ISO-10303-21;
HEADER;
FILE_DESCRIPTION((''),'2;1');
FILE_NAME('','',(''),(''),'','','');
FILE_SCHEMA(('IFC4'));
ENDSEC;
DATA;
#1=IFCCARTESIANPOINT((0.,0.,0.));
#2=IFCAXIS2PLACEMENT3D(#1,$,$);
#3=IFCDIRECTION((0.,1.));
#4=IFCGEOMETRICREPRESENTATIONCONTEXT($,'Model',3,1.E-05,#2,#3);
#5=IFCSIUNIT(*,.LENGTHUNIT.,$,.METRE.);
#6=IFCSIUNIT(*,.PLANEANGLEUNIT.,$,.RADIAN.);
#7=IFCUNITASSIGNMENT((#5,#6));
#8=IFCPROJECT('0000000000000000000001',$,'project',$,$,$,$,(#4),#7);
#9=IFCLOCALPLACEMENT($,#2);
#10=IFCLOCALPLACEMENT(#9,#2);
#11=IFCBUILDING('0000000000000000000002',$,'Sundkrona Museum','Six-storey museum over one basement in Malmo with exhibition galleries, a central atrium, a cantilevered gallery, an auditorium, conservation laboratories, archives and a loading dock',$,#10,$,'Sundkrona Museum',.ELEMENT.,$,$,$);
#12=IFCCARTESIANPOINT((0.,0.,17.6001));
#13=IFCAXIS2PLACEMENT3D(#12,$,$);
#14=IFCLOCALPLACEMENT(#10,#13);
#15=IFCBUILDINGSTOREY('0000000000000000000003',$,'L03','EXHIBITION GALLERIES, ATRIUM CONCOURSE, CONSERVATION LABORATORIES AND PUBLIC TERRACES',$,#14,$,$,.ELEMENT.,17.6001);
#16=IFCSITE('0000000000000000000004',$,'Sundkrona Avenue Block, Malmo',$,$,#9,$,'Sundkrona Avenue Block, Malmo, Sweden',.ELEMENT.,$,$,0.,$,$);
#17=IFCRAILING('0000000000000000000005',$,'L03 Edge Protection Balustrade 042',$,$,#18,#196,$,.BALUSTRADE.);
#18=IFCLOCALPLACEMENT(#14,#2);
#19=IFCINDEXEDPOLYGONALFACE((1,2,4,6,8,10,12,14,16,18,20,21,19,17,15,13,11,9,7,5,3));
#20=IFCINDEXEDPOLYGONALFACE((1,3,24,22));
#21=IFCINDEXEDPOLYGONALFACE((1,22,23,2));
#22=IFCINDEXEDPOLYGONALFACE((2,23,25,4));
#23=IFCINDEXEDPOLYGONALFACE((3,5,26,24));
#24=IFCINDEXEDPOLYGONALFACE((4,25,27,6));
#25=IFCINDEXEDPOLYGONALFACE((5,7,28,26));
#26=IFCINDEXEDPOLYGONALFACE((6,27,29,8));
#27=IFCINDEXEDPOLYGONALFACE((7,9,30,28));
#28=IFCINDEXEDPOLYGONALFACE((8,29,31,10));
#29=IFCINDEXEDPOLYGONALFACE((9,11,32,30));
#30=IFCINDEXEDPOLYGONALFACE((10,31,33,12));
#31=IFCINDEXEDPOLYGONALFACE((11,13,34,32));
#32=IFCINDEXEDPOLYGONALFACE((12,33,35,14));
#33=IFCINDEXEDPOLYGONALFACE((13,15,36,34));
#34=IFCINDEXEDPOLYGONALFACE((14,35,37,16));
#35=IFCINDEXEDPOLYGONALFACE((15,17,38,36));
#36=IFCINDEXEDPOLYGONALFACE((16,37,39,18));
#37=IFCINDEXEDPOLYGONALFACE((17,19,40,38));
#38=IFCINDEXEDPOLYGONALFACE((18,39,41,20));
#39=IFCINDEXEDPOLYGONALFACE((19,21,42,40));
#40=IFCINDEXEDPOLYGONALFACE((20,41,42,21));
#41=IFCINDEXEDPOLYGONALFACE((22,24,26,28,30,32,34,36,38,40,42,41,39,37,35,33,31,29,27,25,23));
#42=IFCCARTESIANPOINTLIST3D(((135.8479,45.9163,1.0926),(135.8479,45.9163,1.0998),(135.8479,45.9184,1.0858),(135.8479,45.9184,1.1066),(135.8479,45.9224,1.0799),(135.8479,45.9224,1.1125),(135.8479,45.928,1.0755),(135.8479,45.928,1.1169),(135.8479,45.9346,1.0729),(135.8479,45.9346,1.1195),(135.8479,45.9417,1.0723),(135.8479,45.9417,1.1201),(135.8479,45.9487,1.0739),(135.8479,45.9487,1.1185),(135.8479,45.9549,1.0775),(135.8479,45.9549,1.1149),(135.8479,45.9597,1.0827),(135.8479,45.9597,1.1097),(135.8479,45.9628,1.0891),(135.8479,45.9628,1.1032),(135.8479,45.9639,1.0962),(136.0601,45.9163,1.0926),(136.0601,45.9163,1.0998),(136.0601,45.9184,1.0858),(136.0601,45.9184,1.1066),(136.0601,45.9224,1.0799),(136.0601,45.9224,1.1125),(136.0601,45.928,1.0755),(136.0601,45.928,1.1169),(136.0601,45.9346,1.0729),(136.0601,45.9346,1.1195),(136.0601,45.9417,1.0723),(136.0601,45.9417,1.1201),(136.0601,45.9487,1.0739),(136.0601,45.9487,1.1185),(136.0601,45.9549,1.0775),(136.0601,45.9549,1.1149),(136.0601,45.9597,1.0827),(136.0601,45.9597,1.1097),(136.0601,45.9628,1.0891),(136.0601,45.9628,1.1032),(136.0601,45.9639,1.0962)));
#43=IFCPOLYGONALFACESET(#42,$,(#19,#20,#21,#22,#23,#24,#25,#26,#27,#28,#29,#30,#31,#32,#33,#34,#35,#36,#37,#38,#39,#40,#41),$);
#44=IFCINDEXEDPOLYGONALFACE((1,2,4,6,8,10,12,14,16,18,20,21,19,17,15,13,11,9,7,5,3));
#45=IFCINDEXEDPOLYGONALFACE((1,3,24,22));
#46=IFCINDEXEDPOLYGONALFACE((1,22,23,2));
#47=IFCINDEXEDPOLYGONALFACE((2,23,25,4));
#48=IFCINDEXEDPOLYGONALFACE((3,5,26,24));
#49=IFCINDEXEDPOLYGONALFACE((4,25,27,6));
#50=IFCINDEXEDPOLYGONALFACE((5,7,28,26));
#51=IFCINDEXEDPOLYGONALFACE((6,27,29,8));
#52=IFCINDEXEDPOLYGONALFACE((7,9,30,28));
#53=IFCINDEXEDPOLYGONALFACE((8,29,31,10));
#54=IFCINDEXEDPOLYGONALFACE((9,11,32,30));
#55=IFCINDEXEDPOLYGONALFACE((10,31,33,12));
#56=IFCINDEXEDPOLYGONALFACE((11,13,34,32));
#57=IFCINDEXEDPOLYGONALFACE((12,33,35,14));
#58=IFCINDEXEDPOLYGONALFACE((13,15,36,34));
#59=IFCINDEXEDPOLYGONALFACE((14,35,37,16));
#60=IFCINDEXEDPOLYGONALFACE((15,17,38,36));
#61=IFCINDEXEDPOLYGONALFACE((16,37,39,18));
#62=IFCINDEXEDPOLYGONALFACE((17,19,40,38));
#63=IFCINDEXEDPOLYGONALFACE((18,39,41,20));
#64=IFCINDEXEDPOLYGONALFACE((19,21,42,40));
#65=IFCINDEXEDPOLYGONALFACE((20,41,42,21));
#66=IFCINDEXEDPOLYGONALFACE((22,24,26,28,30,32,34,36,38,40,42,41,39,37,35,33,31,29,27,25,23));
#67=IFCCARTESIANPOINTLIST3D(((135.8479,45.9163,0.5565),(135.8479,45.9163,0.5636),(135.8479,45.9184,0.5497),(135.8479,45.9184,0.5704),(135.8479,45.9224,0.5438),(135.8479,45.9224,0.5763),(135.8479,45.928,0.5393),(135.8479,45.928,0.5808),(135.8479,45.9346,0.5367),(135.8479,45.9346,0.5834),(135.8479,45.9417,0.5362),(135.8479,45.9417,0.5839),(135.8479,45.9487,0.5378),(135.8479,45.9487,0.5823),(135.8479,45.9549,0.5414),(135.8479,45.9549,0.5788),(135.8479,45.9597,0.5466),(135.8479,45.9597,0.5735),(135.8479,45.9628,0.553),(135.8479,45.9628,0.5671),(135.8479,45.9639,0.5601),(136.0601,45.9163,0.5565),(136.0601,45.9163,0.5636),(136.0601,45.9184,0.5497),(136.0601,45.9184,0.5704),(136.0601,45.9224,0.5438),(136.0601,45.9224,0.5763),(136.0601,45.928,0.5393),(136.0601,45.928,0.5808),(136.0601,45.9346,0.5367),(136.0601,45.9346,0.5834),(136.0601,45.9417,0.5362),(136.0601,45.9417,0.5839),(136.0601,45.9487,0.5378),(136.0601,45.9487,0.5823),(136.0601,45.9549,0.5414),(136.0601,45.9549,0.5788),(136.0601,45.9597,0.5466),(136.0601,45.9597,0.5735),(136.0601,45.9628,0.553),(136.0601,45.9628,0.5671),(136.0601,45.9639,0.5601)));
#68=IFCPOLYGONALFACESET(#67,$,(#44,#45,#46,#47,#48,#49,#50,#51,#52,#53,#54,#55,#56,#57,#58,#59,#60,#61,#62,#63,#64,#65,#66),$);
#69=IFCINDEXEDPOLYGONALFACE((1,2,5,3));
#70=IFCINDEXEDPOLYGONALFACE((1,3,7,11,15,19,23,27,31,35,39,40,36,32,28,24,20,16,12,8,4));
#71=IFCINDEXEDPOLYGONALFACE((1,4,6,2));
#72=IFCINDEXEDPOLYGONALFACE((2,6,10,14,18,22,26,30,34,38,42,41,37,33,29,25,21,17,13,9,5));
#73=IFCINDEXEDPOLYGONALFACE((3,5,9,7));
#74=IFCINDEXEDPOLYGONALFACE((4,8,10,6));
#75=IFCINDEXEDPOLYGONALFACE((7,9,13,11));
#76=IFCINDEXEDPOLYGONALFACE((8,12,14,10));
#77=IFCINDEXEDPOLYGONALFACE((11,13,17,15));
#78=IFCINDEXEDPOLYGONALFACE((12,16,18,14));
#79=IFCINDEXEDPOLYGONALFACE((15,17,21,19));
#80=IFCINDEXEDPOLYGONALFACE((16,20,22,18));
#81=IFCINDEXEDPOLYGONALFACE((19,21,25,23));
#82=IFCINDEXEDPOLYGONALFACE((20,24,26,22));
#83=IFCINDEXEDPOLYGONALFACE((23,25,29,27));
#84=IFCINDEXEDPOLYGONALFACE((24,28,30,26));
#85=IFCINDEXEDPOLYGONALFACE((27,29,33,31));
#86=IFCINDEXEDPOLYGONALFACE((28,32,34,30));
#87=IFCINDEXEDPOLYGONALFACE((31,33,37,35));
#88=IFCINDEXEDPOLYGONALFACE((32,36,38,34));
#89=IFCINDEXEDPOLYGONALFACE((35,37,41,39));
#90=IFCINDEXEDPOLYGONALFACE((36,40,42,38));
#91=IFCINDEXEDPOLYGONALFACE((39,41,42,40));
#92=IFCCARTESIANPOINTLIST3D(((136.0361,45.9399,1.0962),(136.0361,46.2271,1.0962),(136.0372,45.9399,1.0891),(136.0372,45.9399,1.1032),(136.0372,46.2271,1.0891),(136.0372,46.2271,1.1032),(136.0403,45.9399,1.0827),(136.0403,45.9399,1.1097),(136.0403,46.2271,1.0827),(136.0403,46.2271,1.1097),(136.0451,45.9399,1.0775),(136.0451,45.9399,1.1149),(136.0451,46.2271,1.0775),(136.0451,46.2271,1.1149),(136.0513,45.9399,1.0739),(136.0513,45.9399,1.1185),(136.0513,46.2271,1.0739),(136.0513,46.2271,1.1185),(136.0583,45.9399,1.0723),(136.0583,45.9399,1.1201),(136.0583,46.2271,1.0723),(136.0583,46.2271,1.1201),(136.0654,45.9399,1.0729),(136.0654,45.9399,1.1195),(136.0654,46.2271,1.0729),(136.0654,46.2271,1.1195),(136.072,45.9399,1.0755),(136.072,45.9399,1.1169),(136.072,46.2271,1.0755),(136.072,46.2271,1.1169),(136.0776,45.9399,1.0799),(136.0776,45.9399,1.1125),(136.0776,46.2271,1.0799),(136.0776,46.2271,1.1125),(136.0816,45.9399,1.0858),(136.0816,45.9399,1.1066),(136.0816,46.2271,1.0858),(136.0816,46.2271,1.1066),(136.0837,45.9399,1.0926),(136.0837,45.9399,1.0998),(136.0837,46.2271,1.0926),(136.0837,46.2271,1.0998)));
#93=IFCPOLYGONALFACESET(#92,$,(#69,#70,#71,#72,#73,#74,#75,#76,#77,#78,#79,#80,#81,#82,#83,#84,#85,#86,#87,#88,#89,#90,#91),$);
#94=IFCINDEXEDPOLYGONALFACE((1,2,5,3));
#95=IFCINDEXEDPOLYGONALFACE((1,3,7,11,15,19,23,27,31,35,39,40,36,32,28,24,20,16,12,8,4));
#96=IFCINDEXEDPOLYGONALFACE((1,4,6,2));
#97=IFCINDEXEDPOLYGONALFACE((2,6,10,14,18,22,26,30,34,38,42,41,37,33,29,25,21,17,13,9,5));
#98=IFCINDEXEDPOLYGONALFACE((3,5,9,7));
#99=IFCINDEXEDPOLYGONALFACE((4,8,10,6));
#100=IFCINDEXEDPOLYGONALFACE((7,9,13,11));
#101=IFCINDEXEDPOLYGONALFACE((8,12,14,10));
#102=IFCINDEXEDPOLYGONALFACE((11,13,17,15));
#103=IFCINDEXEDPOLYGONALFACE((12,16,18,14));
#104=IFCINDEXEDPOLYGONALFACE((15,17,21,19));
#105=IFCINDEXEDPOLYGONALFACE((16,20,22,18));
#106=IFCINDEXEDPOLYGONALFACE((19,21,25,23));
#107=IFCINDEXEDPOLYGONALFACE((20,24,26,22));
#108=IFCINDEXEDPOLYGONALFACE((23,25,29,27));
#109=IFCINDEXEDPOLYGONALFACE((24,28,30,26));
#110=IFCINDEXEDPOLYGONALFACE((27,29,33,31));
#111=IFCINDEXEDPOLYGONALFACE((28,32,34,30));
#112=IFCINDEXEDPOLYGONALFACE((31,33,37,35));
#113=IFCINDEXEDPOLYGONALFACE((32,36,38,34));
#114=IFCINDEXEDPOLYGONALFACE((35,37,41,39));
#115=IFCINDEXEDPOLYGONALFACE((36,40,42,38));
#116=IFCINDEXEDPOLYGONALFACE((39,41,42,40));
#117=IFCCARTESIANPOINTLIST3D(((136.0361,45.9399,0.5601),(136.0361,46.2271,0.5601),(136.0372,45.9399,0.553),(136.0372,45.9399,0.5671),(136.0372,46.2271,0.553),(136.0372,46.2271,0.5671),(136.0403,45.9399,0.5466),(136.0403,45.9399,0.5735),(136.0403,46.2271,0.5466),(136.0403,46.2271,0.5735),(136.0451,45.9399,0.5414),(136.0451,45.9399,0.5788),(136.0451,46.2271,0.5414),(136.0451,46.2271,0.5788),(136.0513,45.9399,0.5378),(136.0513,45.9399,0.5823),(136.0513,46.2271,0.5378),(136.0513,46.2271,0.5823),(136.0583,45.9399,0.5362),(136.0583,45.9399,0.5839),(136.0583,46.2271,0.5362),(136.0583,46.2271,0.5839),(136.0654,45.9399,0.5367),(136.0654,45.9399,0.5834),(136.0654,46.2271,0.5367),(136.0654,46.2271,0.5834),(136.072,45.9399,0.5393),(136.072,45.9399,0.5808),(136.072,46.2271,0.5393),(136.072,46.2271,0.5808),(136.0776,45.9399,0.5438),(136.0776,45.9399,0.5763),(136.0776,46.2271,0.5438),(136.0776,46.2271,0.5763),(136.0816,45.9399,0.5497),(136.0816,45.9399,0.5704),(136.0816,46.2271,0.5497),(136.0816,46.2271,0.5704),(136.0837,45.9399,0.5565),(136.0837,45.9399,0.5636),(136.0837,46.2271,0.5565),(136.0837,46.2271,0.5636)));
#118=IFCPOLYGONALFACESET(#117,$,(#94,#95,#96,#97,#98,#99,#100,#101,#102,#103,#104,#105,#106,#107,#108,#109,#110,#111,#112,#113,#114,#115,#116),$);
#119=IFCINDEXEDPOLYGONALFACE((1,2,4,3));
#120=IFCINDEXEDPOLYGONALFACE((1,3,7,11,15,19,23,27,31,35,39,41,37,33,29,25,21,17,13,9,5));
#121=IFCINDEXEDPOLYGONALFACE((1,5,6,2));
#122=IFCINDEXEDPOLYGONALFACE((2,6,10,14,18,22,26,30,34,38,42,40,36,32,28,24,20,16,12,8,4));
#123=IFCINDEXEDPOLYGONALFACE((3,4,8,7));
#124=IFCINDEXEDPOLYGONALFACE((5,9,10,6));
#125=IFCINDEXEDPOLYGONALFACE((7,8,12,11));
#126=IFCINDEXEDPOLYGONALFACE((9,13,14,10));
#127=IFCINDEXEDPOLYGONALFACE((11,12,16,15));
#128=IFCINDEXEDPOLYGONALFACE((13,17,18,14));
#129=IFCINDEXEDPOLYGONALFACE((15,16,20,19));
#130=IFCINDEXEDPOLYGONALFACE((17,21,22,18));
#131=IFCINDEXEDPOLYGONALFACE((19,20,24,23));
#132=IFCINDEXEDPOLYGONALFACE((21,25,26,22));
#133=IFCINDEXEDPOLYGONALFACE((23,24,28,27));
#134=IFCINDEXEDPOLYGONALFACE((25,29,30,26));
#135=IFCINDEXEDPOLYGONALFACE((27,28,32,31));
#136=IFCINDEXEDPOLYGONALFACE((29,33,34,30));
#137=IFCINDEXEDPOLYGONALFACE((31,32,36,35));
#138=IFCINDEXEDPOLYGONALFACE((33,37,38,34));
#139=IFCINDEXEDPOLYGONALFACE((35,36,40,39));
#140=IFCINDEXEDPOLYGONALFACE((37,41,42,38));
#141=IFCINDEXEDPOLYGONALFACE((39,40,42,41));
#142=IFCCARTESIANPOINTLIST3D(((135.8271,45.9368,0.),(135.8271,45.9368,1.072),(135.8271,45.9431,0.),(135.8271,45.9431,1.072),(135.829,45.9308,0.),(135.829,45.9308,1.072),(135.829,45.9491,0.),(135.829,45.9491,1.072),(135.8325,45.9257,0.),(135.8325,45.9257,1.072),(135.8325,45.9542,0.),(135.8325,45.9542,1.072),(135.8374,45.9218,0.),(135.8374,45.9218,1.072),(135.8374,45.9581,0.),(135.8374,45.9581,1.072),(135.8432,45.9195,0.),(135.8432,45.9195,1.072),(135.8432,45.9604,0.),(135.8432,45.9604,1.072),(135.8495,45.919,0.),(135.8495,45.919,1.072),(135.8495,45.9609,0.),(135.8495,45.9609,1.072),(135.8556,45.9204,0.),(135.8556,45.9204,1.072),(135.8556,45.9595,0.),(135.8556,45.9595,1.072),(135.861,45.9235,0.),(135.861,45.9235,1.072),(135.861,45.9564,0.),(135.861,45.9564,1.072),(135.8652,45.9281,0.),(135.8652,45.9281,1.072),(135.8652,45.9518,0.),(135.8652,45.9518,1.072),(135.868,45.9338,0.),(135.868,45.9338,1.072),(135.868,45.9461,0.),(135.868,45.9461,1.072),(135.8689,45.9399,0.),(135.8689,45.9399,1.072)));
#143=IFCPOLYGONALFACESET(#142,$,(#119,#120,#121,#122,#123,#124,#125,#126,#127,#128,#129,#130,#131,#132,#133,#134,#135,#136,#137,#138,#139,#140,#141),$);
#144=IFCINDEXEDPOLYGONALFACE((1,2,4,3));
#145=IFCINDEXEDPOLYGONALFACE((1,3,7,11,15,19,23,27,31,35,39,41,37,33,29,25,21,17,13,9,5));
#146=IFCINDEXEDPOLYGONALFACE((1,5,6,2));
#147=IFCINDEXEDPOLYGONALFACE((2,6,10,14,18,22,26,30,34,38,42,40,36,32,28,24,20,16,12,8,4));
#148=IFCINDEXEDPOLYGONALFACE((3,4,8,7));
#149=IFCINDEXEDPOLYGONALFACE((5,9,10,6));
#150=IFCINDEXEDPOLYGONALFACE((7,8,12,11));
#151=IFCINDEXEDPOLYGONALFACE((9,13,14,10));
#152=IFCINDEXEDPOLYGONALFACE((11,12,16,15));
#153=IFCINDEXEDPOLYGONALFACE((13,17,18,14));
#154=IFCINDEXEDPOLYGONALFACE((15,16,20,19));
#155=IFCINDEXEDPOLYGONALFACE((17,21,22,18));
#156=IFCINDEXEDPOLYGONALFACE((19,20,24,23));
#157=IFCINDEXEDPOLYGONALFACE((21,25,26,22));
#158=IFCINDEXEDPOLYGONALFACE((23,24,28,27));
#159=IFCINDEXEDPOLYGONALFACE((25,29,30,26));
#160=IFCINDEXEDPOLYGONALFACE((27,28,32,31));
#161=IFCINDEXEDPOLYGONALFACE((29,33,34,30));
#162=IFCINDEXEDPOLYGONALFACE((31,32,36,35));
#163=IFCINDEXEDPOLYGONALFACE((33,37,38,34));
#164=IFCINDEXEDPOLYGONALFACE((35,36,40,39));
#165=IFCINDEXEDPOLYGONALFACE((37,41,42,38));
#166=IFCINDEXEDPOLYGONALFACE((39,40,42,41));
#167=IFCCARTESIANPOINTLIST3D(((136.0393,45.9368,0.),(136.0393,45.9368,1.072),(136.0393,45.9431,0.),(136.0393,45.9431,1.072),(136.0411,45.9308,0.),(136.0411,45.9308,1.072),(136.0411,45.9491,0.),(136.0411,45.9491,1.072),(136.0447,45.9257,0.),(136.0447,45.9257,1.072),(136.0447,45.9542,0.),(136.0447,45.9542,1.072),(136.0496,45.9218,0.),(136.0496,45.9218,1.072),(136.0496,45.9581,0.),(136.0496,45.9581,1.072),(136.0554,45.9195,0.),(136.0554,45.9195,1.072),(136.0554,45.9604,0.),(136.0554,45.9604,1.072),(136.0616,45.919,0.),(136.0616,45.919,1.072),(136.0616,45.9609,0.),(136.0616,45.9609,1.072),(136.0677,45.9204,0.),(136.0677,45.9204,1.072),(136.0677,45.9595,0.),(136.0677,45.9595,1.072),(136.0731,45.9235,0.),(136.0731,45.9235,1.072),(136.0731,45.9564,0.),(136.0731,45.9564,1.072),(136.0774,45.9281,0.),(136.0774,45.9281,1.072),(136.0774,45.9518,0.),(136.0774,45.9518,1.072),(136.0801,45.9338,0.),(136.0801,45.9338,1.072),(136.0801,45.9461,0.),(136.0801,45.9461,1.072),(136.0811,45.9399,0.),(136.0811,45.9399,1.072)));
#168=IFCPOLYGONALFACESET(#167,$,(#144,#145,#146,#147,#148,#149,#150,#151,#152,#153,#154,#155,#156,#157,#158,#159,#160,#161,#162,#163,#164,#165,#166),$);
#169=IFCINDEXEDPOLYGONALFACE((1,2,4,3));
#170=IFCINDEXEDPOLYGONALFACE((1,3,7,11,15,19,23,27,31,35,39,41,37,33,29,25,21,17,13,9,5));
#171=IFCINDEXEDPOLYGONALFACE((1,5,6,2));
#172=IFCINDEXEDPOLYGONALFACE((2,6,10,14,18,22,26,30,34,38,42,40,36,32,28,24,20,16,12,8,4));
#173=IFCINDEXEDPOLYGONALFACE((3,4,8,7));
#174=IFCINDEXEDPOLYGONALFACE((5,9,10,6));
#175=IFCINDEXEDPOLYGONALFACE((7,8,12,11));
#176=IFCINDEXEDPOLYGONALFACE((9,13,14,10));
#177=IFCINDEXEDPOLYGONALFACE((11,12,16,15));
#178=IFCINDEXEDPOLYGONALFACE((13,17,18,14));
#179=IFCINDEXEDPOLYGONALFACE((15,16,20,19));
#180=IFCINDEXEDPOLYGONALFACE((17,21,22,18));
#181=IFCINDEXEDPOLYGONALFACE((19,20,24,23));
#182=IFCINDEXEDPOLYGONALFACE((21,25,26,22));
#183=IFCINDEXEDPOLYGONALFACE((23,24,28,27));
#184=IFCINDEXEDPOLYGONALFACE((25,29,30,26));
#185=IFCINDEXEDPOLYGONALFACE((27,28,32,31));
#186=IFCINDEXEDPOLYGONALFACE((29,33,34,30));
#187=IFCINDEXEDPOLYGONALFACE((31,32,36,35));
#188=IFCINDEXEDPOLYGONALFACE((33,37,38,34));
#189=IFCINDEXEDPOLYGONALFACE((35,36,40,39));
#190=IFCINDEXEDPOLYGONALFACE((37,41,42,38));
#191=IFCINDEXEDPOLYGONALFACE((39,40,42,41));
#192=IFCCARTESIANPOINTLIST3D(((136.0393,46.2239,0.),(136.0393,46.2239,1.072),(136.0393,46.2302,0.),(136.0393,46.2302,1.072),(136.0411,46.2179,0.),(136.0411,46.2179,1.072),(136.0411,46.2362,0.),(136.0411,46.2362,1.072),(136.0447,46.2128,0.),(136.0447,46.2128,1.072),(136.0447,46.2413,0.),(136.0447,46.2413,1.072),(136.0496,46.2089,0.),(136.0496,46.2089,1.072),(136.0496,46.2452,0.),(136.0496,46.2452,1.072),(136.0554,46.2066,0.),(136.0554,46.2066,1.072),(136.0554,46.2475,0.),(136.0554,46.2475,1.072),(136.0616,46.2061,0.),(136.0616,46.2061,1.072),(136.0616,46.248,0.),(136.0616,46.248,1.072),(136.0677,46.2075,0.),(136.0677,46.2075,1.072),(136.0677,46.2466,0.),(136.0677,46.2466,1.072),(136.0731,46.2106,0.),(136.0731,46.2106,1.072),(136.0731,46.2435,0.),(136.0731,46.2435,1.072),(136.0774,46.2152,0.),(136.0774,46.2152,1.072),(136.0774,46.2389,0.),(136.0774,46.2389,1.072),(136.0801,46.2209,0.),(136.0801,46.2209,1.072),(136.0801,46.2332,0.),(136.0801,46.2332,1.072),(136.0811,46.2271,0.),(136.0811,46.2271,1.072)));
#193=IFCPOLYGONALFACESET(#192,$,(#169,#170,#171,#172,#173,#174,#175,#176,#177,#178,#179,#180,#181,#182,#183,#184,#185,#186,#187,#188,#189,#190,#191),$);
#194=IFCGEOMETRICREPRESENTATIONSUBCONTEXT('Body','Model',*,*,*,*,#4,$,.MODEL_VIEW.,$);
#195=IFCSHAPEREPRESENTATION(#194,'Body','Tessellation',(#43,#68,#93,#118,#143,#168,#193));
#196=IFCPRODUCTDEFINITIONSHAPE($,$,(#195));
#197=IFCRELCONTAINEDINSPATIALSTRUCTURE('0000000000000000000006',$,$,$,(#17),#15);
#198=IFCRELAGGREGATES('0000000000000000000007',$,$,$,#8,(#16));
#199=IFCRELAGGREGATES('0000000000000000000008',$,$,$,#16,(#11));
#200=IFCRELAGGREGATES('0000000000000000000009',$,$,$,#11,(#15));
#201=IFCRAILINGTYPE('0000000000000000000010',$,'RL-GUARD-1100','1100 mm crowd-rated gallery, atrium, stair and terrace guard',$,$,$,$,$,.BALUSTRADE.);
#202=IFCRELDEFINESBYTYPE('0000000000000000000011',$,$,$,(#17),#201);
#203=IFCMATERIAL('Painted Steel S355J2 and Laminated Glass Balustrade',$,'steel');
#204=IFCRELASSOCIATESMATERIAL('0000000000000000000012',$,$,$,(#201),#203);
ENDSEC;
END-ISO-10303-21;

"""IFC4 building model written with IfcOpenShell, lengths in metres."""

from ifc_helpers import new_model, si_unit, direction, frame, origin, origin_2d, place, context, subcontext, project, spatial, circle, extrude, material, type_object, element, save


model = new_model("IFC4")

# Units and contexts
model_context = context("Model", 3, precision=1e-05, world=origin(), true_north=direction((0.0, 1.0)))
body_context = subcontext(model_context, "Body", "Model", "MODEL_VIEW")
ifc_project = project(units=[si_unit("LENGTHUNIT", "METRE"), si_unit("PLANEANGLEUNIT", "RADIAN")], contexts=[model_context])

# Site, building, storey
site_placement = place(None, origin())
site = spatial("IfcSite", under=ifc_project, at=site_placement, Name="Sundkrona Avenue Block, Malmo", LongName="Sundkrona Avenue Block, Malmo, Sweden", CompositionType="ELEMENT", RefElevation=0.0)
building_placement = place(site_placement, origin())
building = spatial("IfcBuilding", under=site, at=building_placement, Name="Sundkrona Museum", Description="Six-storey museum over one basement in Malmo with exhibition galleries, a central atrium, a cantilevered gallery, an auditorium, conservation laboratories, archives and a loading dock", LongName="Sundkrona Museum", CompositionType="ELEMENT")
storey_placement = place(building_placement, frame((0.0, 0.0, 17.6001)))
storey = spatial("IfcBuildingStorey", under=building, at=storey_placement, Name="L03", Description="EXHIBITION GALLERIES, ATRIUM CONCOURSE, CONSERVATION LABORATORIES AND PUBLIC TERRACES", CompositionType="ELEMENT", Elevation=17.6001)

# Railing
ifc_material_1 = material(Name="Painted Steel S355J2 and Laminated Glass Balustrade", Category="steel")
railing_type = type_object("IfcRailingType", Name="RL-GUARD-1100", Description="1100 mm crowd-rated gallery, atrium, stair and terrace guard", PredefinedType="BALUSTRADE", material=ifc_material_1)
railing_placement = place(storey_placement, frame((135.8479, 45.9399, 0.0)))
element("IfcRailing", 1, at=railing_placement, inside=storey, type_object=railing_type, Name="L03 Edge Protection Balustrade 042", PredefinedType="BALUSTRADE", context=body_context, shape_type="SweptSolid", body=[
    extrude(circle(Radius=0.0239, at=origin_2d()), frame((0.0, 0.0, 1.0962), z_axis=(1.0, 0.0, 0.0), x_axis=(0.0, 1.0, 0.0)), (0.0, 0.0, 1.0), 0.2122),
    extrude(circle(Radius=0.0239, at=origin_2d()), frame((0.0, 0.0, 0.5601), z_axis=(1.0, 0.0, 0.0), x_axis=(0.0, 1.0, 0.0)), (0.0, 0.0, 1.0), 0.2122),
    extrude(circle(Radius=0.0239, at=origin_2d()), frame((0.2122, 0.0, 1.0962), z_axis=(0.0, 1.0, 0.0), x_axis=(-1.0, 0.0, 0.0)), (0.0, 0.0, 1.0), 0.2871),
    extrude(circle(Radius=0.0239, at=origin_2d()), frame((0.2122, 0.0, 0.5601), z_axis=(0.0, 1.0, 0.0), x_axis=(-1.0, 0.0, 0.0)), (0.0, 0.0, 1.0), 0.2871),
    extrude(circle(Radius=0.021, at=origin_2d()), origin(), (0.0, 0.0, 1.0), 1.072),
    extrude(circle(Radius=0.021, at=origin_2d()), frame((0.2122, 0.0, 0.0)), (0.0, 0.0, 1.0), 1.072),
    extrude(circle(Radius=0.021, at=origin_2d()), frame((0.2122, 0.2871, 0.0)), (0.0, 0.0, 1.0), 1.072),
])

save(model, "model.ifc")
